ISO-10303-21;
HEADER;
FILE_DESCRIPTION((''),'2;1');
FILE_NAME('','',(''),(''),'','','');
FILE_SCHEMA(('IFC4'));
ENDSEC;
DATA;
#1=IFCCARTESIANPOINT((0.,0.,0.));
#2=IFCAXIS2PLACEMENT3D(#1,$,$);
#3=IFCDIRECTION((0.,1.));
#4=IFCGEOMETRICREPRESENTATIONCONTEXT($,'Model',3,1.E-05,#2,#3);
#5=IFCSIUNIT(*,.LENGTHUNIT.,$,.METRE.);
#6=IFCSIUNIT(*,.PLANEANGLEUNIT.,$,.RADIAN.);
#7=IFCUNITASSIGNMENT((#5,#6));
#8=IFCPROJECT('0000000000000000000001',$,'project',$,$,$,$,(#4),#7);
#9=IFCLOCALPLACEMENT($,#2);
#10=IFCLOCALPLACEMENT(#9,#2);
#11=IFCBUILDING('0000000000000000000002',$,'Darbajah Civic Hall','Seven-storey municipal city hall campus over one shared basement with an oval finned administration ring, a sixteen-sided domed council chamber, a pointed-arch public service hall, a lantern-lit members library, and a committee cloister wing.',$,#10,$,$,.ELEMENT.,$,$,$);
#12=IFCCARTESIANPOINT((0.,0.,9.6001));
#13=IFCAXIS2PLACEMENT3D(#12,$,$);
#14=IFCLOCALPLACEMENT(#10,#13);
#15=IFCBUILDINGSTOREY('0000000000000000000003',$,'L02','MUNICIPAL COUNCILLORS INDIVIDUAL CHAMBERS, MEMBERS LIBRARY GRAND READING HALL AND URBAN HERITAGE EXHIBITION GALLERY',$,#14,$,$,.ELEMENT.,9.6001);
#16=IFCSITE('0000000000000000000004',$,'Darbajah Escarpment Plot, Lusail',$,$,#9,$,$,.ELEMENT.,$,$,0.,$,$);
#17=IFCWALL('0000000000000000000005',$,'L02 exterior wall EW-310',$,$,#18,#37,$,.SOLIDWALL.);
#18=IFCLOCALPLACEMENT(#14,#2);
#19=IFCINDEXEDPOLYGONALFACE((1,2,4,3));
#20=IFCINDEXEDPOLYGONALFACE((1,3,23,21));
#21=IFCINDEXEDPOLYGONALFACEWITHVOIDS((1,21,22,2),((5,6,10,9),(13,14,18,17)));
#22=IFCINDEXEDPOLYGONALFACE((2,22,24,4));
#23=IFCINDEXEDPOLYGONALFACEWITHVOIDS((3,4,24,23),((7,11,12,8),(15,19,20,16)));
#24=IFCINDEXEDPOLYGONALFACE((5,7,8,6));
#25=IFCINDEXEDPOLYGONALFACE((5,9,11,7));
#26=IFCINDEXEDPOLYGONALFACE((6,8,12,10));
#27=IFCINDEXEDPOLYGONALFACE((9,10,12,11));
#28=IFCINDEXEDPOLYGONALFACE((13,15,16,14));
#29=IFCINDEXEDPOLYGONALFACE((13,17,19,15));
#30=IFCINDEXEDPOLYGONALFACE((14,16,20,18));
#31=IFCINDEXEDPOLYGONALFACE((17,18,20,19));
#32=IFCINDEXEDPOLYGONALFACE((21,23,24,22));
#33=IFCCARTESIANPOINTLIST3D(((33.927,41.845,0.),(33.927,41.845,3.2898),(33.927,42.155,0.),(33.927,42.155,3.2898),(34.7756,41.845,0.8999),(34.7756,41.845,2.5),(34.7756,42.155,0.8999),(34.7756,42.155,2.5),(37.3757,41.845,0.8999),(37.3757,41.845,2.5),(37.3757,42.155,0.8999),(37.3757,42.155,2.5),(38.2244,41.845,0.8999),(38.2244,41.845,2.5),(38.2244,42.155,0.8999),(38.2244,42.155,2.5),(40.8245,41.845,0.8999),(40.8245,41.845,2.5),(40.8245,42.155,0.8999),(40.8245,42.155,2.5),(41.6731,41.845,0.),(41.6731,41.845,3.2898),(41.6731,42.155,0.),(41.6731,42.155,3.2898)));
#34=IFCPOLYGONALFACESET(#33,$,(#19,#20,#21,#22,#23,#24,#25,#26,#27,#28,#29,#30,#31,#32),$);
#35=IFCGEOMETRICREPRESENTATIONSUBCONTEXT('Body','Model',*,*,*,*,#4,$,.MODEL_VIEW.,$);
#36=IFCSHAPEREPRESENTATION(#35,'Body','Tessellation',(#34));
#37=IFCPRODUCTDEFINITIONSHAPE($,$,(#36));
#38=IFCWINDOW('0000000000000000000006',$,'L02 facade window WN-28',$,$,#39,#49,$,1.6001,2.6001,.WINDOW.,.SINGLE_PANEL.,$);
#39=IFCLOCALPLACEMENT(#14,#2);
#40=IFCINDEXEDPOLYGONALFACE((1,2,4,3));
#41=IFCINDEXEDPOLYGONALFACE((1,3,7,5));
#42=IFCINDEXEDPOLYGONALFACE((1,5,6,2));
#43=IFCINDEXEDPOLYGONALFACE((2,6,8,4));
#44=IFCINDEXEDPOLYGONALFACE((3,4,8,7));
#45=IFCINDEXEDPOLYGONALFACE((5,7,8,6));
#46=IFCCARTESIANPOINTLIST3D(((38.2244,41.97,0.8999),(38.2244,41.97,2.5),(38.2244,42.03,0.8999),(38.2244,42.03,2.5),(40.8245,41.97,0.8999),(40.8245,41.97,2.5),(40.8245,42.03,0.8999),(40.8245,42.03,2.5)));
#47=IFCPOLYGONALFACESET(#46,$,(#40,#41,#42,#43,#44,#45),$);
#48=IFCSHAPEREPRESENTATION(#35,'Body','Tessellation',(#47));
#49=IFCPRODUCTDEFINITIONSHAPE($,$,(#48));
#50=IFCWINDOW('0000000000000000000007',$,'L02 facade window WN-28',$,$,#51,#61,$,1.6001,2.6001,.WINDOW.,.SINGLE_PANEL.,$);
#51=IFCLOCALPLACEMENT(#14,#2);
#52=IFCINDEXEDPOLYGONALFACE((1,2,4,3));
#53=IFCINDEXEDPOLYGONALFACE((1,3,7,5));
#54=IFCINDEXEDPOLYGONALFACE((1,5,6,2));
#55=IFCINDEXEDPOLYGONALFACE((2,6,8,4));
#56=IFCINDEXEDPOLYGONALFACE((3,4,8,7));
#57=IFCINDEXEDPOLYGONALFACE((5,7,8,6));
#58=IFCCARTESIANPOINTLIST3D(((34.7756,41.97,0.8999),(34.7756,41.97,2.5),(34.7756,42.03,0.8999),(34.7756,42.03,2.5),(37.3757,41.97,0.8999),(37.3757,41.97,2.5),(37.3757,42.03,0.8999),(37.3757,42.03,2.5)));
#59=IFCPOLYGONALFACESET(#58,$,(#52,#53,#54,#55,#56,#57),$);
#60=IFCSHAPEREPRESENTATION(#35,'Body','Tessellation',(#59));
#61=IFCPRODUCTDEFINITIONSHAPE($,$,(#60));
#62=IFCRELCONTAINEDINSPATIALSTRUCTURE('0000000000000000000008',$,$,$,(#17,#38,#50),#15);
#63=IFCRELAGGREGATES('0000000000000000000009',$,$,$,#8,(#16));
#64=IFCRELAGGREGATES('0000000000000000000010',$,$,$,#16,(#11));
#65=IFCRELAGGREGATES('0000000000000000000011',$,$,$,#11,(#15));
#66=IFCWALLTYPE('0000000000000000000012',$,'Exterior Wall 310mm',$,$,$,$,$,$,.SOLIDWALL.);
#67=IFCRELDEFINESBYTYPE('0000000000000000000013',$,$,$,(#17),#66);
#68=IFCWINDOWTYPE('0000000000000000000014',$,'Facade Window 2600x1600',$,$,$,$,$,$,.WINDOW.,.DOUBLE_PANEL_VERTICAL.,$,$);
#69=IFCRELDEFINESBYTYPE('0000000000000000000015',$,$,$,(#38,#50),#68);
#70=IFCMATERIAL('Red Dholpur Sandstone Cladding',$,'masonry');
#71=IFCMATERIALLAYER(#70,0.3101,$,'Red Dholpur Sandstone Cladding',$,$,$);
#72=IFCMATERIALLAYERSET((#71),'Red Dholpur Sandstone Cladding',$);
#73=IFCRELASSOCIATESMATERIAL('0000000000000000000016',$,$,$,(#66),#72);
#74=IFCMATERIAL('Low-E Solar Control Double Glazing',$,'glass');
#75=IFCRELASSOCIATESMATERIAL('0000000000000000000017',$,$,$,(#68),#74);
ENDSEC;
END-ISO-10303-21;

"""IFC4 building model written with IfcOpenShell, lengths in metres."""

from ifc_helpers import new_model, si_unit, direction, frame, frame_2d, origin, place, context, subcontext, project, spatial, rectangle, extrude, material, layer, layer_set, type_object, element, fill, save


model = new_model("IFC4")

# Units and contexts
model_context = context("Model", 3, precision=1e-05, world=origin(), true_north=direction((0.0, 1.0)))
body_context = subcontext(model_context, "Body", "Model", "MODEL_VIEW")
ifc_project = project(units=[si_unit("LENGTHUNIT", "METRE"), si_unit("PLANEANGLEUNIT", "RADIAN")], contexts=[model_context])

# Site, building, storey
site_placement = place(None, origin())
site = spatial("IfcSite", under=ifc_project, at=site_placement, Name="Darbajah Escarpment Plot, Lusail", CompositionType="ELEMENT", RefElevation=0.0)
building_placement = place(site_placement, origin())
building = spatial("IfcBuilding", under=site, at=building_placement, Name="Darbajah Civic Hall", Description="Seven-storey municipal city hall campus over one shared basement with an oval finned administration ring, a sixteen-sided domed council chamber, a pointed-arch public service hall, a lantern-lit members library, and a committee cloister wing.", CompositionType="ELEMENT")
storey_placement = place(building_placement, frame((0.0, 0.0, 9.6001)))
storey = spatial("IfcBuildingStorey", under=building, at=storey_placement, Name="L02", Description="MUNICIPAL COUNCILLORS INDIVIDUAL CHAMBERS, MEMBERS LIBRARY GRAND READING HALL AND URBAN HERITAGE EXHIBITION GALLERY", CompositionType="ELEMENT", Elevation=9.6001)

# Wall, openings, windows
ifc_material_1 = material(Name="Red Dholpur Sandstone Cladding", Category="masonry")
ifc_layer = layer(ifc_material_1, 0.3101, Name="Red Dholpur Sandstone Cladding")
ifc_layer_set = layer_set([ifc_layer], Name="Red Dholpur Sandstone Cladding")
wall_type = type_object("IfcWallType", Name="Exterior Wall 310mm", PredefinedType="SOLIDWALL", material=ifc_layer_set)
ifc_material_2 = material(Name="Low-E Solar Control Double Glazing", Category="glass")
wall_1_placement = place(storey_placement, frame((41.6731, 42.0, 0.0), z_axis=(0.0, 0.0, 1.0), x_axis=(-1.0, 0.0, 0.0)))
wall_1 = element("IfcWall", 1, at=wall_1_placement, inside=storey, type_object=wall_type, Name="L02 exterior wall EW-310", PredefinedType="SOLIDWALL", context=body_context, shape_type="SweptSolid", body=[
    extrude(rectangle(XDim=7.7461, YDim=0.3101, at=frame_2d((3.873, 0.0))), origin(), (0.0, 0.0, 1.0), 3.2898),
])
opening_1_placement = place(wall_1_placement, frame((0.8486, 0.0, 0.8999)))
opening_1 = element("IfcOpeningElement", 2, at=opening_1_placement, cuts=wall_1, PredefinedType="OPENING", context=body_context, shape_type="SweptSolid", body=[
    extrude(rectangle(XDim=2.6001, YDim=1.6001, at=frame_2d((1.3, 0.8))), frame((0.0, 0.165, 0.0), z_axis=(0.0, -1.0, 0.0), x_axis=(1.0, 0.0, 0.0)), (0.0, 0.0, 1.0), 0.3301),
])
opening_2_placement = place(wall_1_placement, frame((4.2974, 0.0, 0.8999)))
opening_2 = element("IfcOpeningElement", 3, at=opening_2_placement, cuts=wall_1, PredefinedType="OPENING", context=body_context, shape_type="SweptSolid", body=[
    extrude(rectangle(XDim=2.6001, YDim=1.6001, at=frame_2d((1.3, 0.8))), frame((0.0, 0.165, 0.0), z_axis=(0.0, -1.0, 0.0), x_axis=(1.0, 0.0, 0.0)), (0.0, 0.0, 1.0), 0.3301),
])
window_type_1 = type_object("IfcWindowType", Name="Facade Window 2600x1600", PartitioningType="DOUBLE_PANEL_VERTICAL", PredefinedType="WINDOW", material=ifc_material_2)
window_1_placement = place(opening_1_placement, origin())
window_1 = element("IfcWindow", 4, at=window_1_placement, inside=storey, type_object=window_type_1, Name="L02 facade window WN-28", OverallHeight=1.6001, OverallWidth=2.6001, PartitioningType="SINGLE_PANEL", PredefinedType="WINDOW", context=body_context, shape_type="SweptSolid", body=[
    extrude(rectangle(XDim=2.6001, YDim=1.6001, at=frame_2d((1.3, 0.8))), frame((0.0, 0.03, 0.0), z_axis=(0.0, -1.0, 0.0), x_axis=(1.0, 0.0, 0.0)), (0.0, 0.0, 1.0), 0.0601),
])
fill(opening_1, window_1)
window_2_placement = place(opening_2_placement, origin())
window_2 = element("IfcWindow", 5, at=window_2_placement, inside=storey, type_object=window_type_1, Name="L02 facade window WN-28", OverallHeight=1.6001, OverallWidth=2.6001, PartitioningType="SINGLE_PANEL", PredefinedType="WINDOW", context=body_context, shape_type="SweptSolid", body=[
    extrude(rectangle(XDim=2.6001, YDim=1.6001, at=frame_2d((1.3, 0.8))), frame((0.0, 0.03, 0.0), z_axis=(0.0, -1.0, 0.0), x_axis=(1.0, 0.0, 0.0)), (0.0, 0.0, 1.0), 0.0601),
])
fill(opening_2, window_2)

save(model, "model.ifc")
